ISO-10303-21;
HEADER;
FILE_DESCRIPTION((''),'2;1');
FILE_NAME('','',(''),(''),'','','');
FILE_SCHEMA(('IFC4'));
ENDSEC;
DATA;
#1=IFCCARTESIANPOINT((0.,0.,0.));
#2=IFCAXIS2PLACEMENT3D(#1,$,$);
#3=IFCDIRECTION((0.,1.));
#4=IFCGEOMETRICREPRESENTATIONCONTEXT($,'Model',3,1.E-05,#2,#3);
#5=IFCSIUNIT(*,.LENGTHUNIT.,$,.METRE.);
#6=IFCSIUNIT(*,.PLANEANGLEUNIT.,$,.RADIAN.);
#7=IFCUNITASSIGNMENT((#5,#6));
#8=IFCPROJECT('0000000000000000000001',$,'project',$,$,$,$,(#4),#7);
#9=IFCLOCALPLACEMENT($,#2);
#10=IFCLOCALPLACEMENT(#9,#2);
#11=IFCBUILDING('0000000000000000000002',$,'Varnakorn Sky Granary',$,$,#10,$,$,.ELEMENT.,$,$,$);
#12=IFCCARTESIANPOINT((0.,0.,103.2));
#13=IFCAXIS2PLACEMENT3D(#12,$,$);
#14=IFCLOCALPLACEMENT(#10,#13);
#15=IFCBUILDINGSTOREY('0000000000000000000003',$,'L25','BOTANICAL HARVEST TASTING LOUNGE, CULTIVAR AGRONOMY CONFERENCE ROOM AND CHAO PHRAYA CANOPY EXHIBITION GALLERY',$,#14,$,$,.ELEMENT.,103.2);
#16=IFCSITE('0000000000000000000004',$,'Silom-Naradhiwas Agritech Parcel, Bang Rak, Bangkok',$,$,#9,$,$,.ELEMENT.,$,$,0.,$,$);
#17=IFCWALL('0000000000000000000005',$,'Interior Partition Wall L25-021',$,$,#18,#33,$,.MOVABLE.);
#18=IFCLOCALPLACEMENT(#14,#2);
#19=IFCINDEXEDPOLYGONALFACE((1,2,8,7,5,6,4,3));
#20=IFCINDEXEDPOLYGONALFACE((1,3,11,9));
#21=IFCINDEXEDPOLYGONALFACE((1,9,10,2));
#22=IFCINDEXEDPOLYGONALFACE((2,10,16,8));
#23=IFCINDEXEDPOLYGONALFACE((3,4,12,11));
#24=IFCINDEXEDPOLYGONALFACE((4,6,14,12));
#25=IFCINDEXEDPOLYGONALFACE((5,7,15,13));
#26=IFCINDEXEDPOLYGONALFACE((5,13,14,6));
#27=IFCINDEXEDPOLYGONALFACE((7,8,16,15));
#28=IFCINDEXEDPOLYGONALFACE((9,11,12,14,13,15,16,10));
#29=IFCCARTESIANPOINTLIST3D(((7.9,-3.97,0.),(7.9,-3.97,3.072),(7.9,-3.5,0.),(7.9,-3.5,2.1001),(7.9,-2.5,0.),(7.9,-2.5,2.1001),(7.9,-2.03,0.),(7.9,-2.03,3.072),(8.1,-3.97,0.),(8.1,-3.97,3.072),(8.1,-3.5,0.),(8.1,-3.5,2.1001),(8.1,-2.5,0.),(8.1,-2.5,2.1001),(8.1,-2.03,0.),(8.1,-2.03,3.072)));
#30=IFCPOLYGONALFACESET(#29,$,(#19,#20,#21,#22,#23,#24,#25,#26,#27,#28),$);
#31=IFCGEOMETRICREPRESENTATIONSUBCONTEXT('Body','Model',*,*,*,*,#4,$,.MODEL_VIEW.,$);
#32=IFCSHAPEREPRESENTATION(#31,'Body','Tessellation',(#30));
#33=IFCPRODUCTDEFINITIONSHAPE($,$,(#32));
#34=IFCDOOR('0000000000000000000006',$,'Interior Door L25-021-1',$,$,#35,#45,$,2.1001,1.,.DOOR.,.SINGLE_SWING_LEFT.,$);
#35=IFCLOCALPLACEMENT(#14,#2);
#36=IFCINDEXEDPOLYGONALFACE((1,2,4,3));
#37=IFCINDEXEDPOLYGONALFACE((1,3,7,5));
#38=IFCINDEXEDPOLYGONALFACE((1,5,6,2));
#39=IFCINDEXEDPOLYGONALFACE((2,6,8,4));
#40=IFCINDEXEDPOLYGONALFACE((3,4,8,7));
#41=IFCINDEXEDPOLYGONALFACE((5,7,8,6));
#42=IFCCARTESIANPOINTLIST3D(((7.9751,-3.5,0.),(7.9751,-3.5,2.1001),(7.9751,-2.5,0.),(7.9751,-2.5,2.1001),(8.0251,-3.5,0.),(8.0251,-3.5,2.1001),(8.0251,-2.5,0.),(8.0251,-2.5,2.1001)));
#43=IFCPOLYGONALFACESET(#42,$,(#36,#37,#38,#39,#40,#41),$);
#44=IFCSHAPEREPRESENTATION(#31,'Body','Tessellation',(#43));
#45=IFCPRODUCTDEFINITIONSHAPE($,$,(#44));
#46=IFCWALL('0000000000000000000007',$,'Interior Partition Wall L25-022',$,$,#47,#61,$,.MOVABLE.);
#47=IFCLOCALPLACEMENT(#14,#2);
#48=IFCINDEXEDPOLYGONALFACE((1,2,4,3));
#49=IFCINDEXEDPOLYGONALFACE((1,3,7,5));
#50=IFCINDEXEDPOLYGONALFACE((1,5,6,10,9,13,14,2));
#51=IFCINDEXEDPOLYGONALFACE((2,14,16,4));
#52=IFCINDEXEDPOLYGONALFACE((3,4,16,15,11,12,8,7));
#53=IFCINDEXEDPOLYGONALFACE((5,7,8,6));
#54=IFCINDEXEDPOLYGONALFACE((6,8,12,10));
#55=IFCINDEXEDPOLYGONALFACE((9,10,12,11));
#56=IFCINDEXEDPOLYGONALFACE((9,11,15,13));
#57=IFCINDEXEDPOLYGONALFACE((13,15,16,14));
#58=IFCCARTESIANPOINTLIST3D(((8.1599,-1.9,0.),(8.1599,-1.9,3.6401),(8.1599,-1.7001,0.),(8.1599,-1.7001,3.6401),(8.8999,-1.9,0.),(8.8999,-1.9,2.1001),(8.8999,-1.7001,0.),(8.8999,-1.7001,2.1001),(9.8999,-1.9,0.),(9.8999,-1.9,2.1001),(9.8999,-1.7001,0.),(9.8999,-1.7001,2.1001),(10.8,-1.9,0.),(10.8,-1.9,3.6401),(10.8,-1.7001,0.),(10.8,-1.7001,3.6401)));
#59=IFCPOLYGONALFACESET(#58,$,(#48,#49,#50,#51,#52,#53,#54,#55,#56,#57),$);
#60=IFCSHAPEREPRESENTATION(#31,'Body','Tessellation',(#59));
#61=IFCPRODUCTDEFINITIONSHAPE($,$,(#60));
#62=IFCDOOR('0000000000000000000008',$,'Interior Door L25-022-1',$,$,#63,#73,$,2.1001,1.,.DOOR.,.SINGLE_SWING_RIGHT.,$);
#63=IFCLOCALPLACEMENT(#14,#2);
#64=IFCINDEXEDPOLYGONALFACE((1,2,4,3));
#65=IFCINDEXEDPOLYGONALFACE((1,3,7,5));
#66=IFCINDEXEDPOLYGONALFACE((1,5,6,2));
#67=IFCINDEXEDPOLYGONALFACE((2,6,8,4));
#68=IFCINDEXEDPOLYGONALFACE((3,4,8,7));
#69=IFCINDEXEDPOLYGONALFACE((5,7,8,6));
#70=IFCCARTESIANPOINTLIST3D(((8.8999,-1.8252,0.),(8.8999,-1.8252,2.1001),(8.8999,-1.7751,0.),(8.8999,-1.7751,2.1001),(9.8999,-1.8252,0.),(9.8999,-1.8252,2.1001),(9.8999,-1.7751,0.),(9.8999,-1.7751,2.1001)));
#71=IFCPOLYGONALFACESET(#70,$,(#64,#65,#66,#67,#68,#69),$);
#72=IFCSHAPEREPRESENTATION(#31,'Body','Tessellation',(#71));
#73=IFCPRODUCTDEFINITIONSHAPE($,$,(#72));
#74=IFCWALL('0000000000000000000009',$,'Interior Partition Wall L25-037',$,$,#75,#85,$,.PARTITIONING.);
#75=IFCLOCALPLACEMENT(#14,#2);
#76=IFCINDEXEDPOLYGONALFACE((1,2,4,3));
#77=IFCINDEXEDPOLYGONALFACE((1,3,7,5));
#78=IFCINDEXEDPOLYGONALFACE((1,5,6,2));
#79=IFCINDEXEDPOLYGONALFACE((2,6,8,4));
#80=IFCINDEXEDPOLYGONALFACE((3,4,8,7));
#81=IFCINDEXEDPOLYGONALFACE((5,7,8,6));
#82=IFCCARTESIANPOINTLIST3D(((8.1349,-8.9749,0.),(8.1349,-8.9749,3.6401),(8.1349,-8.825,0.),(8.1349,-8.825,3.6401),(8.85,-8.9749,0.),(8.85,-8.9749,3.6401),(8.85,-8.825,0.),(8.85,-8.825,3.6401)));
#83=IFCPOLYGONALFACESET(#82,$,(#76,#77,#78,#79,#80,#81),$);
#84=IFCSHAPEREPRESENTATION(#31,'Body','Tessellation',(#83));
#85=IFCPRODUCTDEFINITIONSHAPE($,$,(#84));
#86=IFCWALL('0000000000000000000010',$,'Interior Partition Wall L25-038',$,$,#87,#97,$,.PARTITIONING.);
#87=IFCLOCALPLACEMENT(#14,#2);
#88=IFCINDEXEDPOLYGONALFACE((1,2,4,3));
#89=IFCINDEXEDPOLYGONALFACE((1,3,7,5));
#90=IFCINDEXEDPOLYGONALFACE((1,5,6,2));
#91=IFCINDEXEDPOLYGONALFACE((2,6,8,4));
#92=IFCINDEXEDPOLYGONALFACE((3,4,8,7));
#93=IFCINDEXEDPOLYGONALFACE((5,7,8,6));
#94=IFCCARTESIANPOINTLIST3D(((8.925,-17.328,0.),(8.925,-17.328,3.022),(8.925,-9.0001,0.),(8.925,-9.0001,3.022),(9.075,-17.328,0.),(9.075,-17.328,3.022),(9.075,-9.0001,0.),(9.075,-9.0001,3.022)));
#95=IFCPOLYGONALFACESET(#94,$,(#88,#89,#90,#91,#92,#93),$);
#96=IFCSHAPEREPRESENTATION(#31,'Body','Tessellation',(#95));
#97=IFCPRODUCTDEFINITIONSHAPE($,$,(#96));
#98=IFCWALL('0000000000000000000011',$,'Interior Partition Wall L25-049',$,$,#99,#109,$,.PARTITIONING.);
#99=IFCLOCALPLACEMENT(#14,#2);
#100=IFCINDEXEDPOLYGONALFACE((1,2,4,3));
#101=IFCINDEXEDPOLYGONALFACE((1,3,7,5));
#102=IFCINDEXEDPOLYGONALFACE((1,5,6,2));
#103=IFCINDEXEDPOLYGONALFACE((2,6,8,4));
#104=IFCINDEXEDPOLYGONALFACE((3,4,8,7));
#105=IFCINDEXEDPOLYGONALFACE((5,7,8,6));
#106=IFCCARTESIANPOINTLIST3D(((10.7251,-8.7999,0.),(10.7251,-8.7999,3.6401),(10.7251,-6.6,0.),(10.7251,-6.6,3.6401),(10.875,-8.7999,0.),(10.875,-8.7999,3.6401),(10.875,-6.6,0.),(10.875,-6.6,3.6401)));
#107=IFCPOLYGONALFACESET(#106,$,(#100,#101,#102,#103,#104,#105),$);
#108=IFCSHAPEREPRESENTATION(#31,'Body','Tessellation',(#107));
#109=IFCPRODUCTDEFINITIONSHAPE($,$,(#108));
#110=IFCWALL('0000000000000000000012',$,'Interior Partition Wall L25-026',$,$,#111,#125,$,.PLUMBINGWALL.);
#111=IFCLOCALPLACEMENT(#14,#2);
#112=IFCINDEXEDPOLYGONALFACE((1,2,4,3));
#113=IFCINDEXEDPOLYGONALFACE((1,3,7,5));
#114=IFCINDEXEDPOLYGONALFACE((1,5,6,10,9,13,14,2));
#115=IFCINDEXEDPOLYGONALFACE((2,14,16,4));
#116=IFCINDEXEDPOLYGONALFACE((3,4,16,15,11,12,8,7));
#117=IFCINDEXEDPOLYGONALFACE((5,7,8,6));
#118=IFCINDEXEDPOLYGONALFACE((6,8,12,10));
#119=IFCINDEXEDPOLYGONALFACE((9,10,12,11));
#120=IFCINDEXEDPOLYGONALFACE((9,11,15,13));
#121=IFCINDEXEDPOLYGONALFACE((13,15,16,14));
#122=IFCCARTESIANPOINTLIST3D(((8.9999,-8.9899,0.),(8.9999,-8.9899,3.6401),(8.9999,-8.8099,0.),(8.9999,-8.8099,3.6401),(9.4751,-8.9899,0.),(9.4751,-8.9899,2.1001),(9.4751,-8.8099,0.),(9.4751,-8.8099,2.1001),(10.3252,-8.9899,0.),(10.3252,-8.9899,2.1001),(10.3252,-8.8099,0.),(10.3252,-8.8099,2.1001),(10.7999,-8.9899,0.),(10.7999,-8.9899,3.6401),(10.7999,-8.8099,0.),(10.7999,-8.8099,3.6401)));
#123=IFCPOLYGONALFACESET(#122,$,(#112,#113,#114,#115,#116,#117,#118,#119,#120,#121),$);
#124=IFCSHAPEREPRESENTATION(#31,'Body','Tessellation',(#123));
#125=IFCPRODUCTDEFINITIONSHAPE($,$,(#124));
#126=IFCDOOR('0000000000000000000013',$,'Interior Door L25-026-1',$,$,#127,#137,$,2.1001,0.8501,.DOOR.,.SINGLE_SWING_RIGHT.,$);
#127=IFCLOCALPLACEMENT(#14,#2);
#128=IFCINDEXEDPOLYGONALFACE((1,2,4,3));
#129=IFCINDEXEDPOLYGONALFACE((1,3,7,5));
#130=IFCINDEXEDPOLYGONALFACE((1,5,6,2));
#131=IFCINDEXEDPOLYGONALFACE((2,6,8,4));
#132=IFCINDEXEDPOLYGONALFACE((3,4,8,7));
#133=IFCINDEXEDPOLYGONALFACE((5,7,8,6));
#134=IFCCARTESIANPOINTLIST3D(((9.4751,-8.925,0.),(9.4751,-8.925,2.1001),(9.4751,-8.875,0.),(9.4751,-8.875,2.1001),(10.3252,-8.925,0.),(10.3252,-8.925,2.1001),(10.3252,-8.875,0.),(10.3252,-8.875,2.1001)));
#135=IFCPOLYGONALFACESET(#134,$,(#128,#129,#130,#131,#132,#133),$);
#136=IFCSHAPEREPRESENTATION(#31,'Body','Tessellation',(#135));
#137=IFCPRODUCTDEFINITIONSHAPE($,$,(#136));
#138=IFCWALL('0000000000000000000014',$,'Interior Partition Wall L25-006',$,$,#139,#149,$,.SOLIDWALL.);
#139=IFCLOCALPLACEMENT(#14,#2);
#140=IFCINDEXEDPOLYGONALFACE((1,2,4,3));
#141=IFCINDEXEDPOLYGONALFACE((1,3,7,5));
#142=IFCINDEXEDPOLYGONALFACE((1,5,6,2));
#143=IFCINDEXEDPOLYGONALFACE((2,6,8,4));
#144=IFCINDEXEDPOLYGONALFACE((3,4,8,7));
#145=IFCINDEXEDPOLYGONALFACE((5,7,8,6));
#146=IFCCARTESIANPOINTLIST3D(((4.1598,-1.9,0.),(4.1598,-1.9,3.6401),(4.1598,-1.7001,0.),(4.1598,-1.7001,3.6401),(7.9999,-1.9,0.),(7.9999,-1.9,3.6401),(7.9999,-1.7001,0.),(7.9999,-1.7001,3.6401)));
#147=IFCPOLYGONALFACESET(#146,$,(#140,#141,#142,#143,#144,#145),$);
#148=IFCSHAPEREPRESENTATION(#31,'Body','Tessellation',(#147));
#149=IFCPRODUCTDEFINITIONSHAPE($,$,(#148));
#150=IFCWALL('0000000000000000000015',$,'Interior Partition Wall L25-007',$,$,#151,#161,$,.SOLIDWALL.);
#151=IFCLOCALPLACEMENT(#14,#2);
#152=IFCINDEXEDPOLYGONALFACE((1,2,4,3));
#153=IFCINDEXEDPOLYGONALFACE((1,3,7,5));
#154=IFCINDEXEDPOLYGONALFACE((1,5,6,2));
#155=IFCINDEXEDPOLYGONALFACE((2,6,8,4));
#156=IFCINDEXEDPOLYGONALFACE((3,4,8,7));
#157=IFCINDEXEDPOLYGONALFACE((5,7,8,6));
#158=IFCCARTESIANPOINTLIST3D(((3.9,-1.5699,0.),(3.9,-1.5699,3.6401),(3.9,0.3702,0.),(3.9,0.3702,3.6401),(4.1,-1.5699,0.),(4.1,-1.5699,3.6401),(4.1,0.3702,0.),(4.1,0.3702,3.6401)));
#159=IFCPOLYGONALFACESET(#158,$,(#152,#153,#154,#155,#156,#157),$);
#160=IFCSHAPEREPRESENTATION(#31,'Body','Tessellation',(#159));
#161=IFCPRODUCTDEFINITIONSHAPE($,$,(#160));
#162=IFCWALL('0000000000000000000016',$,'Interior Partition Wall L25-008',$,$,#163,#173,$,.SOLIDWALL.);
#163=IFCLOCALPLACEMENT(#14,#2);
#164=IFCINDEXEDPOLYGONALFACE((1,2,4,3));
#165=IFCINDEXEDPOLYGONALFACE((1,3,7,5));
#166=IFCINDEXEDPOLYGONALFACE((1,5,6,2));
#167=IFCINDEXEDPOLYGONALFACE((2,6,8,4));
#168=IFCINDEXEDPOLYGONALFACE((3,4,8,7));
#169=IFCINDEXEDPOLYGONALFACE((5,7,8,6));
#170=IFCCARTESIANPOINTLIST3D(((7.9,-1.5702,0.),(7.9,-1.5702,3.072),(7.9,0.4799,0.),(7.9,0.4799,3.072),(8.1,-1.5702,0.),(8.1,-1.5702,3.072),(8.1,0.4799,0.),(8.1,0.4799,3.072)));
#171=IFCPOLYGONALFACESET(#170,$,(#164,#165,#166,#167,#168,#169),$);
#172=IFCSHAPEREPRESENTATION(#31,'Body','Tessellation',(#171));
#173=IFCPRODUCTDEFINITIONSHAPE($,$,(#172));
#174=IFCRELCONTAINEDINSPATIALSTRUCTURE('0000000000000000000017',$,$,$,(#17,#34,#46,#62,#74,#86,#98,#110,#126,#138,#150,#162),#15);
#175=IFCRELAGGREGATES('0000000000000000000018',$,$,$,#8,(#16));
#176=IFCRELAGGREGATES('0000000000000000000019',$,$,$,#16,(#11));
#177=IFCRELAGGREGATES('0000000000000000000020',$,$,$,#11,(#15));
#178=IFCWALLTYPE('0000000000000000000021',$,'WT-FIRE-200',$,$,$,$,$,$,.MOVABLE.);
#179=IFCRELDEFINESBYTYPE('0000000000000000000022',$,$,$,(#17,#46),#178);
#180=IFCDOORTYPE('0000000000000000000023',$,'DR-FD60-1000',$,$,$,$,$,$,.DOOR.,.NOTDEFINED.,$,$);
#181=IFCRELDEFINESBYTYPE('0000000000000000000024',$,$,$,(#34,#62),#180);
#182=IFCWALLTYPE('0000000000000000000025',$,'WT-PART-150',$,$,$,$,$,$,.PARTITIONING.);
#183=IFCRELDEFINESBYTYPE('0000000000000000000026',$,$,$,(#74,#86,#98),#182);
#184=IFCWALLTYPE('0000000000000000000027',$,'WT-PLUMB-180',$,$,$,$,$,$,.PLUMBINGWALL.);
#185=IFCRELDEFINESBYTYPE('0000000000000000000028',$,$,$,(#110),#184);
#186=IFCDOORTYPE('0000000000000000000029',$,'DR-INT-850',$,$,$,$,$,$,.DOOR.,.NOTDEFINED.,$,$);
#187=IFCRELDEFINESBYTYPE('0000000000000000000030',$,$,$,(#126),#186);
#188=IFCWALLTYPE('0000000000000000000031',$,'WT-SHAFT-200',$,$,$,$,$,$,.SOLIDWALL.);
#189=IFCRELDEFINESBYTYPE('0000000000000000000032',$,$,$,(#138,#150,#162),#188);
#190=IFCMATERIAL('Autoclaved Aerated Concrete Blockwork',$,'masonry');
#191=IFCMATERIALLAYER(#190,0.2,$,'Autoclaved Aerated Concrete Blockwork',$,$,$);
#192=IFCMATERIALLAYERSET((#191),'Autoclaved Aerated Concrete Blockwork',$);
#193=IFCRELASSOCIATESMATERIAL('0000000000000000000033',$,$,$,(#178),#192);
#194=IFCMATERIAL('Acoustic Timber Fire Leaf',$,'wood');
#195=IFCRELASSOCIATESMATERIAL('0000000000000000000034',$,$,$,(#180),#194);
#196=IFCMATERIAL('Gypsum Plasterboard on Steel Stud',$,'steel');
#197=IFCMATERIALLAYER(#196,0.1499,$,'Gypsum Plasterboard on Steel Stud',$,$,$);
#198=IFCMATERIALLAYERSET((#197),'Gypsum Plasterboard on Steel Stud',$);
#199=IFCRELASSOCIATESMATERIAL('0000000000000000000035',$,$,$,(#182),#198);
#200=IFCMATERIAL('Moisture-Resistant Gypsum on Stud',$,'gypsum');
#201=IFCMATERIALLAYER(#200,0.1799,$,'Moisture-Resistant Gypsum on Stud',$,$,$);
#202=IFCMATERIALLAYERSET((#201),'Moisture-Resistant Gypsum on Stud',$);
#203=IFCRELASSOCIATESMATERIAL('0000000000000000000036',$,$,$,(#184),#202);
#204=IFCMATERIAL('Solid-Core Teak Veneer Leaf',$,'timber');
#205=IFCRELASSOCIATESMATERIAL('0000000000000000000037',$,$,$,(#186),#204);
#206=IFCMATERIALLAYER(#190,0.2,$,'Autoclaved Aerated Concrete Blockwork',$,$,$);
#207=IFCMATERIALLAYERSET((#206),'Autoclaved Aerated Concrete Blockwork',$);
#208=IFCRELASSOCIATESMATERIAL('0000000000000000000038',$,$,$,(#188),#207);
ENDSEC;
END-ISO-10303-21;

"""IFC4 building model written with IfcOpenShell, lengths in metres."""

from ifc_helpers import new_model, si_unit, direction, frame, frame_2d, origin, place, context, subcontext, project, spatial, rectangle, extrude, material, layer, layer_set, type_object, element, fill, save


model = new_model("IFC4")

# Units and contexts
model_context = context("Model", 3, precision=1e-05, world=origin(), true_north=direction((0.0, 1.0)))
body_context = subcontext(model_context, "Body", "Model", "MODEL_VIEW")
ifc_project = project(units=[si_unit("LENGTHUNIT", "METRE"), si_unit("PLANEANGLEUNIT", "RADIAN")], contexts=[model_context])

# Site, building, storey
site_placement = place(None, origin())
site = spatial("IfcSite", under=ifc_project, at=site_placement, Name="Silom-Naradhiwas Agritech Parcel, Bang Rak, Bangkok", CompositionType="ELEMENT", RefElevation=0.0)
building_placement = place(site_placement, origin())
building = spatial("IfcBuilding", under=site, at=building_placement, Name="Varnakorn Sky Granary", CompositionType="ELEMENT")
storey_placement = place(building_placement, frame((0.0, 0.0, 103.2)))
storey = spatial("IfcBuildingStorey", under=building, at=storey_placement, Name="L25", Description="BOTANICAL HARVEST TASTING LOUNGE, CULTIVAR AGRONOMY CONFERENCE ROOM AND CHAO PHRAYA CANOPY EXHIBITION GALLERY", CompositionType="ELEMENT", Elevation=103.2)

# Walls, openings, doors
ifc_material_1 = material(Name="Autoclaved Aerated Concrete Blockwork", Category="masonry")
ifc_layer_1 = layer(ifc_material_1, 0.2, Name="Autoclaved Aerated Concrete Blockwork")
ifc_layer_set_1 = layer_set([ifc_layer_1], Name="Autoclaved Aerated Concrete Blockwork")
wall_type_1 = type_object("IfcWallType", Name="WT-FIRE-200", PredefinedType="MOVABLE", material=ifc_layer_set_1)
wall_1_placement = place(storey_placement, frame((8.0, -3.97, 0.0), z_axis=(0.0, 0.0, 1.0), x_axis=(0.0, 1.0, 0.0)))
wall_1 = element("IfcWall", 1, at=wall_1_placement, inside=storey, type_object=wall_type_1, Name="Interior Partition Wall L25-021", PredefinedType="MOVABLE", context=body_context, shape_type="SweptSolid", body=[
    extrude(rectangle(XDim=1.9399, YDim=0.2, at=frame_2d((0.97, 0.0))), origin(), (0.0, 0.0, 1.0), 3.072),
])
opening_1_placement = place(wall_1_placement, frame((0.47, 0.0, 0.0)))
opening_1 = element("IfcOpeningElement", 2, at=opening_1_placement, cuts=wall_1, PredefinedType="OPENING", context=body_context, shape_type="SweptSolid", body=[
    extrude(rectangle(XDim=1.0, YDim=2.1001, at=frame_2d((0.5, 1.05))), frame((0.0, 0.1099, 0.0), z_axis=(0.0, -1.0, 0.0), x_axis=(1.0, 0.0, 0.0)), (0.0, 0.0, 1.0), 0.22),
])
ifc_material_2 = material(Name="Acoustic Timber Fire Leaf", Category="wood")
door_type_1 = type_object("IfcDoorType", Name="DR-FD60-1000", OperationType="NOTDEFINED", PredefinedType="DOOR", material=ifc_material_2)
door_1_placement = place(opening_1_placement, origin())
door_1 = element("IfcDoor", 3, at=door_1_placement, inside=storey, type_object=door_type_1, Name="Interior Door L25-021-1", OperationType="SINGLE_SWING_LEFT", OverallHeight=2.1001, OverallWidth=1.0, PredefinedType="DOOR", context=body_context, shape_type="SweptSolid", body=[
    extrude(rectangle(XDim=1.0, YDim=2.1001, at=frame_2d((0.5, 1.05))), frame((0.0, 0.0249, 0.0), z_axis=(0.0, -1.0, 0.0), x_axis=(1.0, 0.0, 0.0)), (0.0, 0.0, 1.0), 0.05),
])
fill(opening_1, door_1)
wall_2_placement = place(storey_placement, frame((8.1599, -1.8, 0.0), z_axis=(0.0, 0.0, 1.0), x_axis=(1.0, 0.0, 0.0)))
wall_2 = element("IfcWall", 4, at=wall_2_placement, inside=storey, type_object=wall_type_1, Name="Interior Partition Wall L25-022", PredefinedType="MOVABLE", context=body_context, shape_type="SweptSolid", body=[
    extrude(rectangle(XDim=2.6401, YDim=0.2, at=frame_2d((1.3201, 0.0))), origin(), (0.0, 0.0, 1.0), 3.6401),
])
opening_2_placement = place(wall_2_placement, frame((0.74, 0.0, 0.0)))
opening_2 = element("IfcOpeningElement", 5, at=opening_2_placement, cuts=wall_2, PredefinedType="OPENING", context=body_context, shape_type="SweptSolid", body=[
    extrude(rectangle(XDim=1.0, YDim=2.1001, at=frame_2d((0.5, 1.05))), frame((0.0, 0.1099, 0.0), z_axis=(0.0, -1.0, 0.0), x_axis=(1.0, 0.0, 0.0)), (0.0, 0.0, 1.0), 0.22),
])
door_2_placement = place(opening_2_placement, origin())
door_2 = element("IfcDoor", 6, at=door_2_placement, inside=storey, type_object=door_type_1, Name="Interior Door L25-022-1", OperationType="SINGLE_SWING_RIGHT", OverallHeight=2.1001, OverallWidth=1.0, PredefinedType="DOOR", context=body_context, shape_type="SweptSolid", body=[
    extrude(rectangle(XDim=1.0, YDim=2.1001, at=frame_2d((0.5, 1.05))), frame((0.0, 0.0249, 0.0), z_axis=(0.0, -1.0, 0.0), x_axis=(1.0, 0.0, 0.0)), (0.0, 0.0, 1.0), 0.05),
])
fill(opening_2, door_2)

# Walls
ifc_material_3 = material(Name="Gypsum Plasterboard on Steel Stud", Category="steel")
ifc_layer_2 = layer(ifc_material_3, 0.1499, Name="Gypsum Plasterboard on Steel Stud")
ifc_layer_set_2 = layer_set([ifc_layer_2], Name="Gypsum Plasterboard on Steel Stud")
wall_type_2 = type_object("IfcWallType", Name="WT-PART-150", PredefinedType="PARTITIONING", material=ifc_layer_set_2)
wall_3_placement = place(storey_placement, frame((8.135, -8.8999, 0.0), z_axis=(0.0, 0.0, 1.0), x_axis=(1.0, 0.0, 0.0)))
element("IfcWall", 7, at=wall_3_placement, inside=storey, type_object=wall_type_2, Name="Interior Partition Wall L25-037", PredefinedType="PARTITIONING", context=body_context, shape_type="SweptSolid", body=[
    extrude(rectangle(XDim=0.7151, YDim=0.1499, at=frame_2d((0.3574, 0.0))), origin(), (0.0, 0.0, 1.0), 3.6401),
])
wall_4_placement = place(storey_placement, frame((9.0, -9.0, 0.0), z_axis=(0.0, 0.0, 1.0), x_axis=(0.0, -1.0, 0.0)))
element("IfcWall", 8, at=wall_4_placement, inside=storey, type_object=wall_type_2, Name="Interior Partition Wall L25-038", PredefinedType="PARTITIONING", context=body_context, shape_type="SweptSolid", body=[
    extrude(rectangle(XDim=8.3279, YDim=0.1499, at=frame_2d((4.1641, 0.0))), origin(), (0.0, 0.0, 1.0), 3.022),
])
wall_5_placement = place(storey_placement, frame((10.8, -8.8, 0.0), z_axis=(0.0, 0.0, 1.0), x_axis=(0.0, 1.0, 0.0)))
element("IfcWall", 9, at=wall_5_placement, inside=storey, type_object=wall_type_2, Name="Interior Partition Wall L25-049", PredefinedType="PARTITIONING", context=body_context, shape_type="SweptSolid", body=[
    extrude(rectangle(XDim=2.2, YDim=0.1499, at=frame_2d((1.1001, 0.0))), origin(), (0.0, 0.0, 1.0), 3.6401),
])

# Wall, opening, door
ifc_material_4 = material(Name="Moisture-Resistant Gypsum on Stud", Category="gypsum")
ifc_layer_3 = layer(ifc_material_4, 0.1799, Name="Moisture-Resistant Gypsum on Stud")
ifc_layer_set_3 = layer_set([ifc_layer_3], Name="Moisture-Resistant Gypsum on Stud")
wall_type_3 = type_object("IfcWallType", Name="WT-PLUMB-180", PredefinedType="PLUMBINGWALL", material=ifc_layer_set_3)
wall_6_placement = place(storey_placement, frame((9.0, -8.8999, 0.0), z_axis=(0.0, 0.0, 1.0), x_axis=(1.0, 0.0, 0.0)))
wall_6 = element("IfcWall", 10, at=wall_6_placement, inside=storey, type_object=wall_type_3, Name="Interior Partition Wall L25-026", PredefinedType="PLUMBINGWALL", context=body_context, shape_type="SweptSolid", body=[
    extrude(rectangle(XDim=1.8, YDim=0.1799, at=frame_2d((0.8999, 0.0))), origin(), (0.0, 0.0, 1.0), 3.6401),
])
opening_3_placement = place(wall_6_placement, frame((0.4751, 0.0, 0.0)))
opening_3 = element("IfcOpeningElement", 11, at=opening_3_placement, cuts=wall_6, PredefinedType="OPENING", context=body_context, shape_type="SweptSolid", body=[
    extrude(rectangle(XDim=0.8501, YDim=2.1001, at=frame_2d((0.425, 1.05))), frame((0.0, 0.1001, 0.0), z_axis=(0.0, -1.0, 0.0), x_axis=(1.0, 0.0, 0.0)), (0.0, 0.0, 1.0), 0.2),
])
ifc_material_5 = material(Name="Solid-Core Teak Veneer Leaf", Category="timber")
door_type_2 = type_object("IfcDoorType", Name="DR-INT-850", OperationType="NOTDEFINED", PredefinedType="DOOR", material=ifc_material_5)
door_3_placement = place(opening_3_placement, origin())
door_3 = element("IfcDoor", 12, at=door_3_placement, inside=storey, type_object=door_type_2, Name="Interior Door L25-026-1", OperationType="SINGLE_SWING_RIGHT", OverallHeight=2.1001, OverallWidth=0.8501, PredefinedType="DOOR", context=body_context, shape_type="SweptSolid", body=[
    extrude(rectangle(XDim=0.8501, YDim=2.1001, at=frame_2d((0.425, 1.05))), frame((0.0, 0.0249, 0.0), z_axis=(0.0, -1.0, 0.0), x_axis=(1.0, 0.0, 0.0)), (0.0, 0.0, 1.0), 0.05),
])
fill(opening_3, door_3)

# Walls
ifc_layer_4 = layer(ifc_material_1, 0.2, Name="Autoclaved Aerated Concrete Blockwork")
ifc_layer_set_4 = layer_set([ifc_layer_4], Name="Autoclaved Aerated Concrete Blockwork")
wall_type_4 = type_object("IfcWallType", Name="WT-SHAFT-200", PredefinedType="SOLIDWALL", material=ifc_layer_set_4)
wall_7_placement = place(storey_placement, frame((4.1599, -1.8, 0.0), z_axis=(0.0, 0.0, 1.0), x_axis=(1.0, 0.0, 0.0)))
element("IfcWall", 13, at=wall_7_placement, inside=storey, type_object=wall_type_4, Name="Interior Partition Wall L25-006", PredefinedType="SOLIDWALL", context=body_context, shape_type="SweptSolid", body=[
    extrude(rectangle(XDim=3.8401, YDim=0.2, at=frame_2d((1.9199, 0.0))), origin(), (0.0, 0.0, 1.0), 3.6401),
])
wall_8_placement = place(storey_placement, frame((4.0, -1.5701, 0.0), z_axis=(0.0, 0.0, 1.0), x_axis=(0.0, 1.0, 0.0)))
element("IfcWall", 14, at=wall_8_placement, inside=storey, type_object=wall_type_4, Name="Interior Partition Wall L25-007", PredefinedType="SOLIDWALL", context=body_context, shape_type="SweptSolid", body=[
    extrude(rectangle(XDim=1.9402, YDim=0.2, at=frame_2d((0.9702, 0.0))), origin(), (0.0, 0.0, 1.0), 3.6401),
])
wall_9_placement = place(storey_placement, frame((8.0, -1.5701, 0.0), z_axis=(0.0, 0.0, 1.0), x_axis=(0.0, 1.0, 0.0)))
element("IfcWall", 15, at=wall_9_placement, inside=storey, type_object=wall_type_4, Name="Interior Partition Wall L25-008", PredefinedType="SOLIDWALL", context=body_context, shape_type="SweptSolid", body=[
    extrude(rectangle(XDim=2.05, YDim=0.2, at=frame_2d((1.0249, 0.0))), origin(), (0.0, 0.0, 1.0), 3.072),
])

save(model, "model.ifc")
